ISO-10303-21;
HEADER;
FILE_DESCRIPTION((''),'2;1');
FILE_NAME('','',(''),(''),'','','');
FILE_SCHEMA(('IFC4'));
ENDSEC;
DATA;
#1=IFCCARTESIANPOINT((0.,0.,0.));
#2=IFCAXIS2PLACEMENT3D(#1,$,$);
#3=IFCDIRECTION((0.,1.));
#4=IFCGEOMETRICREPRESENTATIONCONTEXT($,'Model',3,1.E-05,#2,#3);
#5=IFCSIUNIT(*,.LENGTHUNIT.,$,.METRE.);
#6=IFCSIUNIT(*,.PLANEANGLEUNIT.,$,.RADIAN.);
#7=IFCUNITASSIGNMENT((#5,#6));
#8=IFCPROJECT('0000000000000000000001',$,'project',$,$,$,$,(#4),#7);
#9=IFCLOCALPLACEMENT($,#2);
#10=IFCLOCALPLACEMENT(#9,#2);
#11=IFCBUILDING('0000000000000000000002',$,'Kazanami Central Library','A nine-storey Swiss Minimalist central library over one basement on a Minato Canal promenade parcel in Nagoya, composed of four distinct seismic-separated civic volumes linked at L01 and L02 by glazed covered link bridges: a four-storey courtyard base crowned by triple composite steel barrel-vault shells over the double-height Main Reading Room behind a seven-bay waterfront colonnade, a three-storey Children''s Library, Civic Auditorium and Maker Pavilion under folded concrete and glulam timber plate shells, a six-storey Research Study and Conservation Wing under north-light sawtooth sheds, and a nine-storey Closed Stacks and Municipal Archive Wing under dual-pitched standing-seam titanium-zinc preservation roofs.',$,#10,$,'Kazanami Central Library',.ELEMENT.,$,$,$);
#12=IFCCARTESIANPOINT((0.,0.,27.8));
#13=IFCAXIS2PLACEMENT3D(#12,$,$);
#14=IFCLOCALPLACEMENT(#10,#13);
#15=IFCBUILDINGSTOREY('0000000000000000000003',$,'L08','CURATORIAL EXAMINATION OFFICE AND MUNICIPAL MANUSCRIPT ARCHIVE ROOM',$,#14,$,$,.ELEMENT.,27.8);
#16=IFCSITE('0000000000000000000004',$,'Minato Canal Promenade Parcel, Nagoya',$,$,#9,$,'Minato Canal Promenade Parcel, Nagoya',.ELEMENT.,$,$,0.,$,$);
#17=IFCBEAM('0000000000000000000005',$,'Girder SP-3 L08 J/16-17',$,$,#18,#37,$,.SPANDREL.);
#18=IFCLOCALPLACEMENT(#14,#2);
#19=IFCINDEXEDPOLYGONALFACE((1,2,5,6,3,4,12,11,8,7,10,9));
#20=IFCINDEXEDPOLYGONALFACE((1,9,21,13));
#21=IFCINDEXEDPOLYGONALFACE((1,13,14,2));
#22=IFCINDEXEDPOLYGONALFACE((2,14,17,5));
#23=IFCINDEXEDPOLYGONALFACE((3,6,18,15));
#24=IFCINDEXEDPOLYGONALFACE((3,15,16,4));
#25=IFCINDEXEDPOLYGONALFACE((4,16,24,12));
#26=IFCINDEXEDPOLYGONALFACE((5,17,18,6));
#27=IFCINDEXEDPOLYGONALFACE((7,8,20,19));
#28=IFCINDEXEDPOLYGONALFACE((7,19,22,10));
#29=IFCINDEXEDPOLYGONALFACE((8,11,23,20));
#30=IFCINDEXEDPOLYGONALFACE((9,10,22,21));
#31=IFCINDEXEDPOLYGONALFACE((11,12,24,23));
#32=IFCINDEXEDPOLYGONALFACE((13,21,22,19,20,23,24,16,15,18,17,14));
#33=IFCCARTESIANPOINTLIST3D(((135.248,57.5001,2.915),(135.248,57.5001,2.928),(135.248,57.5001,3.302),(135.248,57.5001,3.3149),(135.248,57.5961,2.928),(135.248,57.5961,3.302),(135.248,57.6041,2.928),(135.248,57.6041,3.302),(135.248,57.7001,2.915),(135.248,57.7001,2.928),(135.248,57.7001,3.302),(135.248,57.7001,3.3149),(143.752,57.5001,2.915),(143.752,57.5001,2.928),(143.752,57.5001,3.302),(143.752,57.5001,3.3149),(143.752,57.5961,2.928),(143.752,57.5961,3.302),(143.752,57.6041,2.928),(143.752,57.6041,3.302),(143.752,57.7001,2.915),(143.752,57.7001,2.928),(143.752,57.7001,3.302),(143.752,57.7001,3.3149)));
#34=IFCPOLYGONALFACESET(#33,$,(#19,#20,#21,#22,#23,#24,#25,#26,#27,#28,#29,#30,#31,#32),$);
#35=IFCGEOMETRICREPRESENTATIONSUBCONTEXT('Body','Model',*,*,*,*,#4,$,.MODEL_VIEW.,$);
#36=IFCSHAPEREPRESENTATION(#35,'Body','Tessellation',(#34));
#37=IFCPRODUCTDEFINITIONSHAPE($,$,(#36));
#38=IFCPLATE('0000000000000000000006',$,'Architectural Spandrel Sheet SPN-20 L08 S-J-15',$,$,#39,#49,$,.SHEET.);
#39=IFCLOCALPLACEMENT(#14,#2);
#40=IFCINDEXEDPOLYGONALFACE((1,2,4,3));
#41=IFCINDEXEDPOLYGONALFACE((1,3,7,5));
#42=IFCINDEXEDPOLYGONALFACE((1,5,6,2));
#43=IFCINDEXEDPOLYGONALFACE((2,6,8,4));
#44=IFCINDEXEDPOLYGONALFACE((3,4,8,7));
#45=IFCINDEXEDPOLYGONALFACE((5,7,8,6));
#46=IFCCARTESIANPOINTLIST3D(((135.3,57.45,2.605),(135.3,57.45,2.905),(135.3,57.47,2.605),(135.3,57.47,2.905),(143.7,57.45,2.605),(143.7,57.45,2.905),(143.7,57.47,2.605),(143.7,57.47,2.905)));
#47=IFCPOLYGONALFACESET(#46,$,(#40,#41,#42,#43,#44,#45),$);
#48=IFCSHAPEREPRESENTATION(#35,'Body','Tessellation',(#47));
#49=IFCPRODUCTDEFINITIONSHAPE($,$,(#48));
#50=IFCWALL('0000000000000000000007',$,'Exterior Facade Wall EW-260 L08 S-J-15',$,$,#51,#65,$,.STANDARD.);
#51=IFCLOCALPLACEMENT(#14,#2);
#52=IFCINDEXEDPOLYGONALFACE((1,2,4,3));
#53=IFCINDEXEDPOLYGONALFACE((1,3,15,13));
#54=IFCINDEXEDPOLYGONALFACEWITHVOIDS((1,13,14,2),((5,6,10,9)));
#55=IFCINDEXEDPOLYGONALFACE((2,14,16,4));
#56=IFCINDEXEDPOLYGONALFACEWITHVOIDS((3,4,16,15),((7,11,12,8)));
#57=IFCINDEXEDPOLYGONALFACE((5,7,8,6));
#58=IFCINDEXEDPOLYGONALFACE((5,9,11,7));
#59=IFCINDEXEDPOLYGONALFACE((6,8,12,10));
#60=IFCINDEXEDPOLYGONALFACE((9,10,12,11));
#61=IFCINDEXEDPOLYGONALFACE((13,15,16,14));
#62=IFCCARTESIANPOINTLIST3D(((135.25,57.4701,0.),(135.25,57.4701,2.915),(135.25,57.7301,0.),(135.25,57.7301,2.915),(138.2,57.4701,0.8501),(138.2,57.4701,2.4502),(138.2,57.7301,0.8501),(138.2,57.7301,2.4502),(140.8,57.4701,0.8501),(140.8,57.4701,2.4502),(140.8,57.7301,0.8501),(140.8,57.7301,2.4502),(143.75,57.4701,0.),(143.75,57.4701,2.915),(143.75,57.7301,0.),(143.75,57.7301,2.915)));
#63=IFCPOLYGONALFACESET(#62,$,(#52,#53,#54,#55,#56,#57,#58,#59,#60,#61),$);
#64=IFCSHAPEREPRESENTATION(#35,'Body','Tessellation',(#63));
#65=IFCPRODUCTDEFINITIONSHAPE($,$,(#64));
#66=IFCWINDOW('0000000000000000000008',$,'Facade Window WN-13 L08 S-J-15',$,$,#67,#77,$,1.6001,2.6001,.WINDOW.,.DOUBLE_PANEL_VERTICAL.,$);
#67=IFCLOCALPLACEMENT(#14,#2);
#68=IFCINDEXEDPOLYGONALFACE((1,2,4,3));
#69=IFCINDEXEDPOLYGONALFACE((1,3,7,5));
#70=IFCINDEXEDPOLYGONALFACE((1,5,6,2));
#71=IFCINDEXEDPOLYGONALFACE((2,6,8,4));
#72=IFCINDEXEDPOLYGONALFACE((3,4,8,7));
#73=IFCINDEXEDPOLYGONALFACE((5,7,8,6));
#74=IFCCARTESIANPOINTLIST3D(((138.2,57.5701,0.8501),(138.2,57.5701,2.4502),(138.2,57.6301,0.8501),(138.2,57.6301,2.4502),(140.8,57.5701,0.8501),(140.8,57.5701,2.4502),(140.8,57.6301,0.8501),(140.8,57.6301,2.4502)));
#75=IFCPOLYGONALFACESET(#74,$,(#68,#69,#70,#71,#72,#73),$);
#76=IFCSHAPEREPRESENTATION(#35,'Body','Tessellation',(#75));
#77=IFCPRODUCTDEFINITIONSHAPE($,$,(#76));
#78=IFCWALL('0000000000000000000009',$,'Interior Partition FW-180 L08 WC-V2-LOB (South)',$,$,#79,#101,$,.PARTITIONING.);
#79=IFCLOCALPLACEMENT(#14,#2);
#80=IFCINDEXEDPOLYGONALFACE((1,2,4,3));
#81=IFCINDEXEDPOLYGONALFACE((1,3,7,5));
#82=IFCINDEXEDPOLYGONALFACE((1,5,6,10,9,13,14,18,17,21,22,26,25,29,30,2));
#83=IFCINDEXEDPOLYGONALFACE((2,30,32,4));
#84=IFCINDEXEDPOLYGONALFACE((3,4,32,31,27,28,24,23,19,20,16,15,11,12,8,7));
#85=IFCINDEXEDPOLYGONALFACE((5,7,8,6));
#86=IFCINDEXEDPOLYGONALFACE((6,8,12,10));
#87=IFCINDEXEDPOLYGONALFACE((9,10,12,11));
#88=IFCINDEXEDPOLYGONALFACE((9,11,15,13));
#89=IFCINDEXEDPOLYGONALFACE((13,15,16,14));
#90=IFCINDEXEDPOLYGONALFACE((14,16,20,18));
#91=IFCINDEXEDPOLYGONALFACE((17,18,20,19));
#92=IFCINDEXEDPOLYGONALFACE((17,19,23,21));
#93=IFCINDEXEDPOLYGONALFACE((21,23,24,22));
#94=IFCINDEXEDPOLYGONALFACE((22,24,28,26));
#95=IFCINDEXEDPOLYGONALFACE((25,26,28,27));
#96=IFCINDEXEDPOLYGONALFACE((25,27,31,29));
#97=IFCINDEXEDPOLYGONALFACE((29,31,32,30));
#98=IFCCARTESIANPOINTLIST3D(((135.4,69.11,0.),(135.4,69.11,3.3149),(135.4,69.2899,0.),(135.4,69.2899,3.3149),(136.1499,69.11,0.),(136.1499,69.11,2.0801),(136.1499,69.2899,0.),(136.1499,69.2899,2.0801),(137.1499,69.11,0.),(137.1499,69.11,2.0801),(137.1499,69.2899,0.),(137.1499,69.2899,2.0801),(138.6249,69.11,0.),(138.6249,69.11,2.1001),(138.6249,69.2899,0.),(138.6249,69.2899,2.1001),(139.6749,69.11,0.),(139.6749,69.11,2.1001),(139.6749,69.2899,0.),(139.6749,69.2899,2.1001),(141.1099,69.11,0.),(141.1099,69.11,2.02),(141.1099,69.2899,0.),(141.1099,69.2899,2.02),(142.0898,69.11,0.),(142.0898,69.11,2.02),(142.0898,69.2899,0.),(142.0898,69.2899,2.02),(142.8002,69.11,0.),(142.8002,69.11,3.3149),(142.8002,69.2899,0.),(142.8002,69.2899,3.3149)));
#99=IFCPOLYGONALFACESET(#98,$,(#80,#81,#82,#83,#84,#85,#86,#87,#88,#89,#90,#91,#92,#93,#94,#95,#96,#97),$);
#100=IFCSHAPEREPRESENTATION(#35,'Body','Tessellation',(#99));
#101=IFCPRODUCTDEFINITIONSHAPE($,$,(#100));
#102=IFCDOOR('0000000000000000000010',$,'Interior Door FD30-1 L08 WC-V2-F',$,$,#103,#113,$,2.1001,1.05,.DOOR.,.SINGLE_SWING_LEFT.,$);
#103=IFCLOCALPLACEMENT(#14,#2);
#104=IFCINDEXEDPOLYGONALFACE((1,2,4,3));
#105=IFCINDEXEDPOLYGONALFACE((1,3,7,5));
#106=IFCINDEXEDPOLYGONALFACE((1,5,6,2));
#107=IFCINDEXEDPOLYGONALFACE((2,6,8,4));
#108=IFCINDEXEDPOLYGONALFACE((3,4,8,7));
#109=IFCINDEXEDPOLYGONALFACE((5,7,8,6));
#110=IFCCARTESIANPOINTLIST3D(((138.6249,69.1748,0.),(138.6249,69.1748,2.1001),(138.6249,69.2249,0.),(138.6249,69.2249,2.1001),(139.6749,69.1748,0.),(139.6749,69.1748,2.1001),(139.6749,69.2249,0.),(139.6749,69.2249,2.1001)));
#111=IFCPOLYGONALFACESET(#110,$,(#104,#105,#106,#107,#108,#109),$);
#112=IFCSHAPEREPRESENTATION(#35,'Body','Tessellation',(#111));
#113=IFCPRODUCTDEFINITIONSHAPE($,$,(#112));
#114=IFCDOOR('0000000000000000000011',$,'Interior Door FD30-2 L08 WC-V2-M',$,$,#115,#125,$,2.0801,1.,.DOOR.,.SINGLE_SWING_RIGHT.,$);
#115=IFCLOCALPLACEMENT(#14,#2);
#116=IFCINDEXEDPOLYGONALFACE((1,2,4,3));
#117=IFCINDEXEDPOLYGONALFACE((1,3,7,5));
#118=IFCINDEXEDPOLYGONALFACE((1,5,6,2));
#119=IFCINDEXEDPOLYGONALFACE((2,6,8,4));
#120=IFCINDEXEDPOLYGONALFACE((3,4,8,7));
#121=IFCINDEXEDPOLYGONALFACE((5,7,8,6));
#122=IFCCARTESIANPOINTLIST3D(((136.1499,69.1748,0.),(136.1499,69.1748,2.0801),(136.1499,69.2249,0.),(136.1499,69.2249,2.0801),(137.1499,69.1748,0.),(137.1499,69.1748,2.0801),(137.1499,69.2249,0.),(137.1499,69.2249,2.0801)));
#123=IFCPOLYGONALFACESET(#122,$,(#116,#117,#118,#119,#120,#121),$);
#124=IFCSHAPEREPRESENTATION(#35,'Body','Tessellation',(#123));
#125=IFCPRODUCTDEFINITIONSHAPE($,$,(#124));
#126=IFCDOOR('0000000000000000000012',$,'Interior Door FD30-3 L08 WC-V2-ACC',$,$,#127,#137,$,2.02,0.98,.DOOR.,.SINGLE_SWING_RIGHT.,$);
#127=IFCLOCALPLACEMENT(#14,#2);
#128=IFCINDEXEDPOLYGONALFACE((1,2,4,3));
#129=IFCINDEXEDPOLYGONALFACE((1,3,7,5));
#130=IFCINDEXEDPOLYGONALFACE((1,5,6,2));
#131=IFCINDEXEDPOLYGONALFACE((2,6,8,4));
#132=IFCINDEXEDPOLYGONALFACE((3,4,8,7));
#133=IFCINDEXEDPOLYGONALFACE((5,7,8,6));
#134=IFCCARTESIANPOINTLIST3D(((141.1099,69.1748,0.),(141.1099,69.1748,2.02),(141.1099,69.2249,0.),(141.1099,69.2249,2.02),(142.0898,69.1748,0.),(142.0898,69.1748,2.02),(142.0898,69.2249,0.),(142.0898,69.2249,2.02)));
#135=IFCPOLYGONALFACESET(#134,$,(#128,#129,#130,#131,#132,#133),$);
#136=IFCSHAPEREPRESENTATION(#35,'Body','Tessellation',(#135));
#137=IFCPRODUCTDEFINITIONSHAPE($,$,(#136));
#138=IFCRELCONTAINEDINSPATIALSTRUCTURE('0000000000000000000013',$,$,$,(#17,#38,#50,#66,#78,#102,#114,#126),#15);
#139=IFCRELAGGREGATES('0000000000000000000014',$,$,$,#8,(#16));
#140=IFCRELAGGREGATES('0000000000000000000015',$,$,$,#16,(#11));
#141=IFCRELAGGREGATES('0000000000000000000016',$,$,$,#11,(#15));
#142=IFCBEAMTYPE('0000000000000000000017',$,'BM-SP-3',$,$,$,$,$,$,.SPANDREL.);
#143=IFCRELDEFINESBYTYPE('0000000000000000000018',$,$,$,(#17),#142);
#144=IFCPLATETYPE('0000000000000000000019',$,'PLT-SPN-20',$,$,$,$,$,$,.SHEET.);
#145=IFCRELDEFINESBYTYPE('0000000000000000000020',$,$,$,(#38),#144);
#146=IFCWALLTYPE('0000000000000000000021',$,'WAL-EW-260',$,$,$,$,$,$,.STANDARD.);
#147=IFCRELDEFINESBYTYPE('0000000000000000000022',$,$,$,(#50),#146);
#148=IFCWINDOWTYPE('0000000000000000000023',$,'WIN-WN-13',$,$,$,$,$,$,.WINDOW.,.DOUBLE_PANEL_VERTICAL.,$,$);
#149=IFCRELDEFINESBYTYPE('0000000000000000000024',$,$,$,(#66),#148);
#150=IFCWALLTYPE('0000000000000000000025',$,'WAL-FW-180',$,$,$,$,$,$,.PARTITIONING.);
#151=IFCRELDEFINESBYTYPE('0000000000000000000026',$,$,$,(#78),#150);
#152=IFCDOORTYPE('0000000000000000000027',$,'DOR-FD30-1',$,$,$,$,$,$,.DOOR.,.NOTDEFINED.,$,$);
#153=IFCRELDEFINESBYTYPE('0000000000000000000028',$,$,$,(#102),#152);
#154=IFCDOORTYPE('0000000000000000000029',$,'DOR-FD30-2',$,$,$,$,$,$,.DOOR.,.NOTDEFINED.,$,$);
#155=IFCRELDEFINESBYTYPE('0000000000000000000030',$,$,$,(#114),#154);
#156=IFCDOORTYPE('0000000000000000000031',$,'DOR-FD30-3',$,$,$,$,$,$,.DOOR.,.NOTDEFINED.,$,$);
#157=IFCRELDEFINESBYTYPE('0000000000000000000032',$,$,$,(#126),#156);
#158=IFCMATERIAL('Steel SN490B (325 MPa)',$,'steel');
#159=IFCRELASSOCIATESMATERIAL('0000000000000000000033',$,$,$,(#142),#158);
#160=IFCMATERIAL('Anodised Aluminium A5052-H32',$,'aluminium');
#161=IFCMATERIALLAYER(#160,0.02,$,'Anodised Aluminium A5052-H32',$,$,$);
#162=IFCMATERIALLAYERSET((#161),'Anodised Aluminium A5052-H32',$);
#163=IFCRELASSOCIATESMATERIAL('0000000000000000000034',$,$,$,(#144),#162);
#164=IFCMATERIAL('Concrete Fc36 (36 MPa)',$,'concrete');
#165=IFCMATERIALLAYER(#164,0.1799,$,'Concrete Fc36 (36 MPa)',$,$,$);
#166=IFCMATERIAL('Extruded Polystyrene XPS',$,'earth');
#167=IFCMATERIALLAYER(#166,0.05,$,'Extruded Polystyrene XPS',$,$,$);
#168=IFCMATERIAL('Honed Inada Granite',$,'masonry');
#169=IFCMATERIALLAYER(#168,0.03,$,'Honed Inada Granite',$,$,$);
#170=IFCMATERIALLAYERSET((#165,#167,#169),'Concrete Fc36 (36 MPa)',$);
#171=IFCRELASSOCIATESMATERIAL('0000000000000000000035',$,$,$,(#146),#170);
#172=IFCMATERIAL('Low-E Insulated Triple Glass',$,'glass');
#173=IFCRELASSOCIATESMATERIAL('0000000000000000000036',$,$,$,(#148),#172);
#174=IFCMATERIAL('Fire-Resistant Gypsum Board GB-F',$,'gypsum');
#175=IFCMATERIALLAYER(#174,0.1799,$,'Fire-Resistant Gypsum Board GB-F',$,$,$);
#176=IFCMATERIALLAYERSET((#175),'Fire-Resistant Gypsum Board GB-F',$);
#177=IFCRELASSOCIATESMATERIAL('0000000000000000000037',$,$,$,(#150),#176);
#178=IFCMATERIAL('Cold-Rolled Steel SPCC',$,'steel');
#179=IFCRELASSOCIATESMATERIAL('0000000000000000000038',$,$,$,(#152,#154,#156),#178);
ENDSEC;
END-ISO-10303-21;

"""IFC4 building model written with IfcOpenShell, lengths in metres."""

from ifc_helpers import new_model, si_unit, direction, frame, frame_2d, origin, origin_2d, place, context, subcontext, project, spatial, rectangle, i_section, extrude, material, layer, layer_set, material_profile, profile_set, type_object, element, fill, save


model = new_model("IFC4")

# Units and contexts
model_context = context("Model", 3, precision=1e-05, world=origin(), true_north=direction((0.0, 1.0)))
body_context = subcontext(model_context, "Body", "Model", "MODEL_VIEW")
ifc_project = project(units=[si_unit("LENGTHUNIT", "METRE"), si_unit("PLANEANGLEUNIT", "RADIAN")], contexts=[model_context])

# Site, building, storey
site_placement = place(None, origin())
site = spatial("IfcSite", under=ifc_project, at=site_placement, Name="Minato Canal Promenade Parcel, Nagoya", LongName="Minato Canal Promenade Parcel, Nagoya", CompositionType="ELEMENT", RefElevation=0.0)
building_placement = place(site_placement, origin())
building = spatial("IfcBuilding", under=site, at=building_placement, Name="Kazanami Central Library", Description="A nine-storey Swiss Minimalist central library over one basement on a Minato Canal promenade parcel in Nagoya, composed of four distinct seismic-separated civic volumes linked at L01 and L02 by glazed covered link bridges: a four-storey courtyard base crowned by triple composite steel barrel-vault shells over the double-height Main Reading Room behind a seven-bay waterfront colonnade, a three-storey Children's Library, Civic Auditorium and Maker Pavilion under folded concrete and glulam timber plate shells, a six-storey Research Study and Conservation Wing under north-light sawtooth sheds, and a nine-storey Closed Stacks and Municipal Archive Wing under dual-pitched standing-seam titanium-zinc preservation roofs.", LongName="Kazanami Central Library", CompositionType="ELEMENT")
storey_placement = place(building_placement, frame((0.0, 0.0, 27.8)))
storey = spatial("IfcBuildingStorey", under=building, at=storey_placement, Name="L08", Description="CURATORIAL EXAMINATION OFFICE AND MUNICIPAL MANUSCRIPT ARCHIVE ROOM", CompositionType="ELEMENT", Elevation=27.8)

# Beam
ifc_material_1 = material(Name="Steel SN490B (325 MPa)", Category="steel")
ifc_material_profile_1 = material_profile(ifc_material_1, i_section(OverallWidth=0.2, OverallDepth=0.3999, WebThickness=0.0081, FlangeThickness=0.0129, at=origin_2d()), Name="H-400x200x8x13")
ifc_profile_set_1 = profile_set([ifc_material_profile_1], Name="Steel SN490B (325 MPa)")
beam_type_1 = type_object("IfcBeamType", Name="BM-SP-3", PredefinedType="SPANDREL", material=ifc_profile_set_1)
beam_1_placement = place(storey_placement, frame((135.248, 57.6001, 3.115), z_axis=(1.0, 0.0, 0.0), x_axis=(0.0, 1.0, 0.0)))
element("IfcBeam", 1, at=beam_1_placement, inside=storey, type_object=beam_type_1, Name="Girder SP-3 L08 J/16-17", PredefinedType="SPANDREL", context=body_context, shape_type="SweptSolid", body=[
    extrude(i_section(OverallWidth=0.2, OverallDepth=0.3999, WebThickness=0.0081, FlangeThickness=0.0129, at=origin_2d()), origin(), (0.0, 0.0, 1.0), 8.5039),
])

# Plate
ifc_material_2 = material(Name="Anodised Aluminium A5052-H32", Category="aluminium")
ifc_layer_1 = layer(ifc_material_2, 0.02, Name="Anodised Aluminium A5052-H32")
ifc_layer_set_1 = layer_set([ifc_layer_1], Name="Anodised Aluminium A5052-H32")
plate_type = type_object("IfcPlateType", Name="PLT-SPN-20", PredefinedType="SHEET", material=ifc_layer_set_1)
plate_placement = place(storey_placement, frame((139.5, 57.46, 2.605), z_axis=(0.0, 0.0, 1.0), x_axis=(1.0, 0.0, 0.0)))
element("IfcPlate", 2, at=plate_placement, inside=storey, type_object=plate_type, Name="Architectural Spandrel Sheet SPN-20 L08 S-J-15", PredefinedType="SHEET", context=body_context, shape_type="SweptSolid", body=[
    extrude(rectangle(XDim=8.3999, YDim=0.02, at=origin_2d()), origin(), (0.0, 0.0, 1.0), 0.3),
])

# Wall, opening, window
ifc_material_3 = material(Name="Concrete Fc36 (36 MPa)", Category="concrete")
ifc_layer_2 = layer(ifc_material_3, 0.1799, Name="Concrete Fc36 (36 MPa)")
ifc_material_4 = material(Name="Extruded Polystyrene XPS", Category="earth")
ifc_layer_3 = layer(ifc_material_4, 0.05, Name="Extruded Polystyrene XPS")
ifc_material_5 = material(Name="Honed Inada Granite", Category="masonry")
ifc_layer_4 = layer(ifc_material_5, 0.03, Name="Honed Inada Granite")
ifc_layer_set_2 = layer_set([ifc_layer_2, ifc_layer_3, ifc_layer_4], Name="Concrete Fc36 (36 MPa)")
wall_type_1 = type_object("IfcWallType", Name="WAL-EW-260", PredefinedType="STANDARD", material=ifc_layer_set_2)
wall_1_placement = place(storey_placement, frame((135.25, 57.6001, 0.0), z_axis=(0.0, 0.0, 1.0), x_axis=(1.0, 0.0, 0.0)))
wall_1 = element("IfcWall", 3, at=wall_1_placement, inside=storey, type_object=wall_type_1, Name="Exterior Facade Wall EW-260 L08 S-J-15", PredefinedType="STANDARD", context=body_context, shape_type="SweptSolid", body=[
    extrude(rectangle(XDim=8.5, YDim=0.26, at=frame_2d((4.25, 0.0))), origin(), (0.0, 0.0, 1.0), 2.915),
])
opening_1_placement = place(wall_1_placement, frame((2.95, 0.0, 0.8501)))
opening_1 = element("IfcOpeningElement", 4, at=opening_1_placement, cuts=wall_1, PredefinedType="OPENING", context=body_context, shape_type="SweptSolid", body=[
    extrude(rectangle(XDim=2.6001, YDim=1.6001, at=frame_2d((1.3, 0.8))), frame((0.0, 0.1421, 0.0), z_axis=(0.0, -1.0, 0.0), x_axis=(1.0, 0.0, 0.0)), (0.0, 0.0, 1.0), 0.2839),
])
ifc_material_6 = material(Name="Low-E Insulated Triple Glass", Category="glass")
window_type = type_object("IfcWindowType", Name="WIN-WN-13", PartitioningType="DOUBLE_PANEL_VERTICAL", PredefinedType="WINDOW", material=ifc_material_6)
window_placement = place(opening_1_placement, origin())
window = element("IfcWindow", 5, at=window_placement, inside=storey, type_object=window_type, Name="Facade Window WN-13 L08 S-J-15", OverallHeight=1.6001, OverallWidth=2.6001, PartitioningType="DOUBLE_PANEL_VERTICAL", PredefinedType="WINDOW", context=body_context, shape_type="SweptSolid", body=[
    extrude(rectangle(XDim=2.6001, YDim=1.6001, at=frame_2d((1.3, 0.8))), frame((0.0, 0.03, 0.0), z_axis=(0.0, -1.0, 0.0), x_axis=(1.0, 0.0, 0.0)), (0.0, 0.0, 1.0), 0.0601),
])
fill(opening_1, window)

# Wall, openings, doors
ifc_material_7 = material(Name="Fire-Resistant Gypsum Board GB-F", Category="gypsum")
ifc_layer_5 = layer(ifc_material_7, 0.1799, Name="Fire-Resistant Gypsum Board GB-F")
ifc_layer_set_3 = layer_set([ifc_layer_5], Name="Fire-Resistant Gypsum Board GB-F")
wall_type_2 = type_object("IfcWallType", Name="WAL-FW-180", PredefinedType="PARTITIONING", material=ifc_layer_set_3)
wall_2_placement = place(storey_placement, frame((135.3999, 69.2, 0.0), z_axis=(0.0, 0.0, 1.0), x_axis=(1.0, 0.0, 0.0)))
wall_2 = element("IfcWall", 6, at=wall_2_placement, inside=storey, type_object=wall_type_2, Name="Interior Partition FW-180 L08 WC-V2-LOB (South)", PredefinedType="PARTITIONING", context=body_context, shape_type="SweptSolid", body=[
    extrude(rectangle(XDim=7.4001, YDim=0.1799, at=frame_2d((3.7002, 0.0))), origin(), (0.0, 0.0, 1.0), 3.3149),
])
opening_2_placement = place(wall_2_placement, frame((0.75, 0.0, 0.0)))
opening_2 = element("IfcOpeningElement", 7, at=opening_2_placement, cuts=wall_2, PredefinedType="OPENING", context=body_context, shape_type="SweptSolid", body=[
    extrude(rectangle(XDim=1.0, YDim=2.0801, at=frame_2d((0.5, 1.04))), frame((0.0, 0.1021, 0.0), z_axis=(0.0, -1.0, 0.0), x_axis=(1.0, 0.0, 0.0)), (0.0, 0.0, 1.0), 0.2039),
])
opening_3_placement = place(wall_2_placement, frame((3.2251, 0.0, 0.0)))
opening_3 = element("IfcOpeningElement", 8, at=opening_3_placement, cuts=wall_2, PredefinedType="OPENING", context=body_context, shape_type="SweptSolid", body=[
    extrude(rectangle(XDim=1.05, YDim=2.1001, at=frame_2d((0.5249, 1.05))), frame((0.0, 0.1021, 0.0), z_axis=(0.0, -1.0, 0.0), x_axis=(1.0, 0.0, 0.0)), (0.0, 0.0, 1.0), 0.2039),
])
opening_4_placement = place(wall_2_placement, frame((5.71, 0.0, 0.0)))
opening_4 = element("IfcOpeningElement", 9, at=opening_4_placement, cuts=wall_2, PredefinedType="OPENING", context=body_context, shape_type="SweptSolid", body=[
    extrude(rectangle(XDim=0.98, YDim=2.02, at=frame_2d((0.49, 1.01))), frame((0.0, 0.1021, 0.0), z_axis=(0.0, -1.0, 0.0), x_axis=(1.0, 0.0, 0.0)), (0.0, 0.0, 1.0), 0.2039),
])
ifc_material_8 = material(Name="Cold-Rolled Steel SPCC", Category="steel")
door_type_1 = type_object("IfcDoorType", Name="DOR-FD30-1", OperationType="NOTDEFINED", PredefinedType="DOOR", material=ifc_material_8)
door_1_placement = place(opening_3_placement, origin())
door_1 = element("IfcDoor", 10, at=door_1_placement, inside=storey, type_object=door_type_1, Name="Interior Door FD30-1 L08 WC-V2-F", OperationType="SINGLE_SWING_LEFT", OverallHeight=2.1001, OverallWidth=1.05, PredefinedType="DOOR", context=body_context, shape_type="SweptSolid", body=[
    extrude(rectangle(XDim=1.05, YDim=2.1001, at=frame_2d((0.5249, 1.05))), frame((0.0, 0.0249, 0.0), z_axis=(0.0, -1.0, 0.0), x_axis=(1.0, 0.0, 0.0)), (0.0, 0.0, 1.0), 0.05),
])
fill(opening_3, door_1)
door_type_2 = type_object("IfcDoorType", Name="DOR-FD30-2", OperationType="NOTDEFINED", PredefinedType="DOOR", material=ifc_material_8)
door_2_placement = place(opening_2_placement, origin())
door_2 = element("IfcDoor", 11, at=door_2_placement, inside=storey, type_object=door_type_2, Name="Interior Door FD30-2 L08 WC-V2-M", OperationType="SINGLE_SWING_RIGHT", OverallHeight=2.0801, OverallWidth=1.0, PredefinedType="DOOR", context=body_context, shape_type="SweptSolid", body=[
    extrude(rectangle(XDim=1.0, YDim=2.0801, at=frame_2d((0.5, 1.04))), frame((0.0, 0.0249, 0.0), z_axis=(0.0, -1.0, 0.0), x_axis=(1.0, 0.0, 0.0)), (0.0, 0.0, 1.0), 0.05),
])
fill(opening_2, door_2)
door_type_3 = type_object("IfcDoorType", Name="DOR-FD30-3", OperationType="NOTDEFINED", PredefinedType="DOOR", material=ifc_material_8)
door_3_placement = place(opening_4_placement, origin())
door_3 = element("IfcDoor", 12, at=door_3_placement, inside=storey, type_object=door_type_3, Name="Interior Door FD30-3 L08 WC-V2-ACC", OperationType="SINGLE_SWING_RIGHT", OverallHeight=2.02, OverallWidth=0.98, PredefinedType="DOOR", context=body_context, shape_type="SweptSolid", body=[
    extrude(rectangle(XDim=0.98, YDim=2.02, at=frame_2d((0.49, 1.01))), frame((0.0, 0.0249, 0.0), z_axis=(0.0, -1.0, 0.0), x_axis=(1.0, 0.0, 0.0)), (0.0, 0.0, 1.0), 0.05),
])
fill(opening_4, door_3)

save(model, "model.ifc")
